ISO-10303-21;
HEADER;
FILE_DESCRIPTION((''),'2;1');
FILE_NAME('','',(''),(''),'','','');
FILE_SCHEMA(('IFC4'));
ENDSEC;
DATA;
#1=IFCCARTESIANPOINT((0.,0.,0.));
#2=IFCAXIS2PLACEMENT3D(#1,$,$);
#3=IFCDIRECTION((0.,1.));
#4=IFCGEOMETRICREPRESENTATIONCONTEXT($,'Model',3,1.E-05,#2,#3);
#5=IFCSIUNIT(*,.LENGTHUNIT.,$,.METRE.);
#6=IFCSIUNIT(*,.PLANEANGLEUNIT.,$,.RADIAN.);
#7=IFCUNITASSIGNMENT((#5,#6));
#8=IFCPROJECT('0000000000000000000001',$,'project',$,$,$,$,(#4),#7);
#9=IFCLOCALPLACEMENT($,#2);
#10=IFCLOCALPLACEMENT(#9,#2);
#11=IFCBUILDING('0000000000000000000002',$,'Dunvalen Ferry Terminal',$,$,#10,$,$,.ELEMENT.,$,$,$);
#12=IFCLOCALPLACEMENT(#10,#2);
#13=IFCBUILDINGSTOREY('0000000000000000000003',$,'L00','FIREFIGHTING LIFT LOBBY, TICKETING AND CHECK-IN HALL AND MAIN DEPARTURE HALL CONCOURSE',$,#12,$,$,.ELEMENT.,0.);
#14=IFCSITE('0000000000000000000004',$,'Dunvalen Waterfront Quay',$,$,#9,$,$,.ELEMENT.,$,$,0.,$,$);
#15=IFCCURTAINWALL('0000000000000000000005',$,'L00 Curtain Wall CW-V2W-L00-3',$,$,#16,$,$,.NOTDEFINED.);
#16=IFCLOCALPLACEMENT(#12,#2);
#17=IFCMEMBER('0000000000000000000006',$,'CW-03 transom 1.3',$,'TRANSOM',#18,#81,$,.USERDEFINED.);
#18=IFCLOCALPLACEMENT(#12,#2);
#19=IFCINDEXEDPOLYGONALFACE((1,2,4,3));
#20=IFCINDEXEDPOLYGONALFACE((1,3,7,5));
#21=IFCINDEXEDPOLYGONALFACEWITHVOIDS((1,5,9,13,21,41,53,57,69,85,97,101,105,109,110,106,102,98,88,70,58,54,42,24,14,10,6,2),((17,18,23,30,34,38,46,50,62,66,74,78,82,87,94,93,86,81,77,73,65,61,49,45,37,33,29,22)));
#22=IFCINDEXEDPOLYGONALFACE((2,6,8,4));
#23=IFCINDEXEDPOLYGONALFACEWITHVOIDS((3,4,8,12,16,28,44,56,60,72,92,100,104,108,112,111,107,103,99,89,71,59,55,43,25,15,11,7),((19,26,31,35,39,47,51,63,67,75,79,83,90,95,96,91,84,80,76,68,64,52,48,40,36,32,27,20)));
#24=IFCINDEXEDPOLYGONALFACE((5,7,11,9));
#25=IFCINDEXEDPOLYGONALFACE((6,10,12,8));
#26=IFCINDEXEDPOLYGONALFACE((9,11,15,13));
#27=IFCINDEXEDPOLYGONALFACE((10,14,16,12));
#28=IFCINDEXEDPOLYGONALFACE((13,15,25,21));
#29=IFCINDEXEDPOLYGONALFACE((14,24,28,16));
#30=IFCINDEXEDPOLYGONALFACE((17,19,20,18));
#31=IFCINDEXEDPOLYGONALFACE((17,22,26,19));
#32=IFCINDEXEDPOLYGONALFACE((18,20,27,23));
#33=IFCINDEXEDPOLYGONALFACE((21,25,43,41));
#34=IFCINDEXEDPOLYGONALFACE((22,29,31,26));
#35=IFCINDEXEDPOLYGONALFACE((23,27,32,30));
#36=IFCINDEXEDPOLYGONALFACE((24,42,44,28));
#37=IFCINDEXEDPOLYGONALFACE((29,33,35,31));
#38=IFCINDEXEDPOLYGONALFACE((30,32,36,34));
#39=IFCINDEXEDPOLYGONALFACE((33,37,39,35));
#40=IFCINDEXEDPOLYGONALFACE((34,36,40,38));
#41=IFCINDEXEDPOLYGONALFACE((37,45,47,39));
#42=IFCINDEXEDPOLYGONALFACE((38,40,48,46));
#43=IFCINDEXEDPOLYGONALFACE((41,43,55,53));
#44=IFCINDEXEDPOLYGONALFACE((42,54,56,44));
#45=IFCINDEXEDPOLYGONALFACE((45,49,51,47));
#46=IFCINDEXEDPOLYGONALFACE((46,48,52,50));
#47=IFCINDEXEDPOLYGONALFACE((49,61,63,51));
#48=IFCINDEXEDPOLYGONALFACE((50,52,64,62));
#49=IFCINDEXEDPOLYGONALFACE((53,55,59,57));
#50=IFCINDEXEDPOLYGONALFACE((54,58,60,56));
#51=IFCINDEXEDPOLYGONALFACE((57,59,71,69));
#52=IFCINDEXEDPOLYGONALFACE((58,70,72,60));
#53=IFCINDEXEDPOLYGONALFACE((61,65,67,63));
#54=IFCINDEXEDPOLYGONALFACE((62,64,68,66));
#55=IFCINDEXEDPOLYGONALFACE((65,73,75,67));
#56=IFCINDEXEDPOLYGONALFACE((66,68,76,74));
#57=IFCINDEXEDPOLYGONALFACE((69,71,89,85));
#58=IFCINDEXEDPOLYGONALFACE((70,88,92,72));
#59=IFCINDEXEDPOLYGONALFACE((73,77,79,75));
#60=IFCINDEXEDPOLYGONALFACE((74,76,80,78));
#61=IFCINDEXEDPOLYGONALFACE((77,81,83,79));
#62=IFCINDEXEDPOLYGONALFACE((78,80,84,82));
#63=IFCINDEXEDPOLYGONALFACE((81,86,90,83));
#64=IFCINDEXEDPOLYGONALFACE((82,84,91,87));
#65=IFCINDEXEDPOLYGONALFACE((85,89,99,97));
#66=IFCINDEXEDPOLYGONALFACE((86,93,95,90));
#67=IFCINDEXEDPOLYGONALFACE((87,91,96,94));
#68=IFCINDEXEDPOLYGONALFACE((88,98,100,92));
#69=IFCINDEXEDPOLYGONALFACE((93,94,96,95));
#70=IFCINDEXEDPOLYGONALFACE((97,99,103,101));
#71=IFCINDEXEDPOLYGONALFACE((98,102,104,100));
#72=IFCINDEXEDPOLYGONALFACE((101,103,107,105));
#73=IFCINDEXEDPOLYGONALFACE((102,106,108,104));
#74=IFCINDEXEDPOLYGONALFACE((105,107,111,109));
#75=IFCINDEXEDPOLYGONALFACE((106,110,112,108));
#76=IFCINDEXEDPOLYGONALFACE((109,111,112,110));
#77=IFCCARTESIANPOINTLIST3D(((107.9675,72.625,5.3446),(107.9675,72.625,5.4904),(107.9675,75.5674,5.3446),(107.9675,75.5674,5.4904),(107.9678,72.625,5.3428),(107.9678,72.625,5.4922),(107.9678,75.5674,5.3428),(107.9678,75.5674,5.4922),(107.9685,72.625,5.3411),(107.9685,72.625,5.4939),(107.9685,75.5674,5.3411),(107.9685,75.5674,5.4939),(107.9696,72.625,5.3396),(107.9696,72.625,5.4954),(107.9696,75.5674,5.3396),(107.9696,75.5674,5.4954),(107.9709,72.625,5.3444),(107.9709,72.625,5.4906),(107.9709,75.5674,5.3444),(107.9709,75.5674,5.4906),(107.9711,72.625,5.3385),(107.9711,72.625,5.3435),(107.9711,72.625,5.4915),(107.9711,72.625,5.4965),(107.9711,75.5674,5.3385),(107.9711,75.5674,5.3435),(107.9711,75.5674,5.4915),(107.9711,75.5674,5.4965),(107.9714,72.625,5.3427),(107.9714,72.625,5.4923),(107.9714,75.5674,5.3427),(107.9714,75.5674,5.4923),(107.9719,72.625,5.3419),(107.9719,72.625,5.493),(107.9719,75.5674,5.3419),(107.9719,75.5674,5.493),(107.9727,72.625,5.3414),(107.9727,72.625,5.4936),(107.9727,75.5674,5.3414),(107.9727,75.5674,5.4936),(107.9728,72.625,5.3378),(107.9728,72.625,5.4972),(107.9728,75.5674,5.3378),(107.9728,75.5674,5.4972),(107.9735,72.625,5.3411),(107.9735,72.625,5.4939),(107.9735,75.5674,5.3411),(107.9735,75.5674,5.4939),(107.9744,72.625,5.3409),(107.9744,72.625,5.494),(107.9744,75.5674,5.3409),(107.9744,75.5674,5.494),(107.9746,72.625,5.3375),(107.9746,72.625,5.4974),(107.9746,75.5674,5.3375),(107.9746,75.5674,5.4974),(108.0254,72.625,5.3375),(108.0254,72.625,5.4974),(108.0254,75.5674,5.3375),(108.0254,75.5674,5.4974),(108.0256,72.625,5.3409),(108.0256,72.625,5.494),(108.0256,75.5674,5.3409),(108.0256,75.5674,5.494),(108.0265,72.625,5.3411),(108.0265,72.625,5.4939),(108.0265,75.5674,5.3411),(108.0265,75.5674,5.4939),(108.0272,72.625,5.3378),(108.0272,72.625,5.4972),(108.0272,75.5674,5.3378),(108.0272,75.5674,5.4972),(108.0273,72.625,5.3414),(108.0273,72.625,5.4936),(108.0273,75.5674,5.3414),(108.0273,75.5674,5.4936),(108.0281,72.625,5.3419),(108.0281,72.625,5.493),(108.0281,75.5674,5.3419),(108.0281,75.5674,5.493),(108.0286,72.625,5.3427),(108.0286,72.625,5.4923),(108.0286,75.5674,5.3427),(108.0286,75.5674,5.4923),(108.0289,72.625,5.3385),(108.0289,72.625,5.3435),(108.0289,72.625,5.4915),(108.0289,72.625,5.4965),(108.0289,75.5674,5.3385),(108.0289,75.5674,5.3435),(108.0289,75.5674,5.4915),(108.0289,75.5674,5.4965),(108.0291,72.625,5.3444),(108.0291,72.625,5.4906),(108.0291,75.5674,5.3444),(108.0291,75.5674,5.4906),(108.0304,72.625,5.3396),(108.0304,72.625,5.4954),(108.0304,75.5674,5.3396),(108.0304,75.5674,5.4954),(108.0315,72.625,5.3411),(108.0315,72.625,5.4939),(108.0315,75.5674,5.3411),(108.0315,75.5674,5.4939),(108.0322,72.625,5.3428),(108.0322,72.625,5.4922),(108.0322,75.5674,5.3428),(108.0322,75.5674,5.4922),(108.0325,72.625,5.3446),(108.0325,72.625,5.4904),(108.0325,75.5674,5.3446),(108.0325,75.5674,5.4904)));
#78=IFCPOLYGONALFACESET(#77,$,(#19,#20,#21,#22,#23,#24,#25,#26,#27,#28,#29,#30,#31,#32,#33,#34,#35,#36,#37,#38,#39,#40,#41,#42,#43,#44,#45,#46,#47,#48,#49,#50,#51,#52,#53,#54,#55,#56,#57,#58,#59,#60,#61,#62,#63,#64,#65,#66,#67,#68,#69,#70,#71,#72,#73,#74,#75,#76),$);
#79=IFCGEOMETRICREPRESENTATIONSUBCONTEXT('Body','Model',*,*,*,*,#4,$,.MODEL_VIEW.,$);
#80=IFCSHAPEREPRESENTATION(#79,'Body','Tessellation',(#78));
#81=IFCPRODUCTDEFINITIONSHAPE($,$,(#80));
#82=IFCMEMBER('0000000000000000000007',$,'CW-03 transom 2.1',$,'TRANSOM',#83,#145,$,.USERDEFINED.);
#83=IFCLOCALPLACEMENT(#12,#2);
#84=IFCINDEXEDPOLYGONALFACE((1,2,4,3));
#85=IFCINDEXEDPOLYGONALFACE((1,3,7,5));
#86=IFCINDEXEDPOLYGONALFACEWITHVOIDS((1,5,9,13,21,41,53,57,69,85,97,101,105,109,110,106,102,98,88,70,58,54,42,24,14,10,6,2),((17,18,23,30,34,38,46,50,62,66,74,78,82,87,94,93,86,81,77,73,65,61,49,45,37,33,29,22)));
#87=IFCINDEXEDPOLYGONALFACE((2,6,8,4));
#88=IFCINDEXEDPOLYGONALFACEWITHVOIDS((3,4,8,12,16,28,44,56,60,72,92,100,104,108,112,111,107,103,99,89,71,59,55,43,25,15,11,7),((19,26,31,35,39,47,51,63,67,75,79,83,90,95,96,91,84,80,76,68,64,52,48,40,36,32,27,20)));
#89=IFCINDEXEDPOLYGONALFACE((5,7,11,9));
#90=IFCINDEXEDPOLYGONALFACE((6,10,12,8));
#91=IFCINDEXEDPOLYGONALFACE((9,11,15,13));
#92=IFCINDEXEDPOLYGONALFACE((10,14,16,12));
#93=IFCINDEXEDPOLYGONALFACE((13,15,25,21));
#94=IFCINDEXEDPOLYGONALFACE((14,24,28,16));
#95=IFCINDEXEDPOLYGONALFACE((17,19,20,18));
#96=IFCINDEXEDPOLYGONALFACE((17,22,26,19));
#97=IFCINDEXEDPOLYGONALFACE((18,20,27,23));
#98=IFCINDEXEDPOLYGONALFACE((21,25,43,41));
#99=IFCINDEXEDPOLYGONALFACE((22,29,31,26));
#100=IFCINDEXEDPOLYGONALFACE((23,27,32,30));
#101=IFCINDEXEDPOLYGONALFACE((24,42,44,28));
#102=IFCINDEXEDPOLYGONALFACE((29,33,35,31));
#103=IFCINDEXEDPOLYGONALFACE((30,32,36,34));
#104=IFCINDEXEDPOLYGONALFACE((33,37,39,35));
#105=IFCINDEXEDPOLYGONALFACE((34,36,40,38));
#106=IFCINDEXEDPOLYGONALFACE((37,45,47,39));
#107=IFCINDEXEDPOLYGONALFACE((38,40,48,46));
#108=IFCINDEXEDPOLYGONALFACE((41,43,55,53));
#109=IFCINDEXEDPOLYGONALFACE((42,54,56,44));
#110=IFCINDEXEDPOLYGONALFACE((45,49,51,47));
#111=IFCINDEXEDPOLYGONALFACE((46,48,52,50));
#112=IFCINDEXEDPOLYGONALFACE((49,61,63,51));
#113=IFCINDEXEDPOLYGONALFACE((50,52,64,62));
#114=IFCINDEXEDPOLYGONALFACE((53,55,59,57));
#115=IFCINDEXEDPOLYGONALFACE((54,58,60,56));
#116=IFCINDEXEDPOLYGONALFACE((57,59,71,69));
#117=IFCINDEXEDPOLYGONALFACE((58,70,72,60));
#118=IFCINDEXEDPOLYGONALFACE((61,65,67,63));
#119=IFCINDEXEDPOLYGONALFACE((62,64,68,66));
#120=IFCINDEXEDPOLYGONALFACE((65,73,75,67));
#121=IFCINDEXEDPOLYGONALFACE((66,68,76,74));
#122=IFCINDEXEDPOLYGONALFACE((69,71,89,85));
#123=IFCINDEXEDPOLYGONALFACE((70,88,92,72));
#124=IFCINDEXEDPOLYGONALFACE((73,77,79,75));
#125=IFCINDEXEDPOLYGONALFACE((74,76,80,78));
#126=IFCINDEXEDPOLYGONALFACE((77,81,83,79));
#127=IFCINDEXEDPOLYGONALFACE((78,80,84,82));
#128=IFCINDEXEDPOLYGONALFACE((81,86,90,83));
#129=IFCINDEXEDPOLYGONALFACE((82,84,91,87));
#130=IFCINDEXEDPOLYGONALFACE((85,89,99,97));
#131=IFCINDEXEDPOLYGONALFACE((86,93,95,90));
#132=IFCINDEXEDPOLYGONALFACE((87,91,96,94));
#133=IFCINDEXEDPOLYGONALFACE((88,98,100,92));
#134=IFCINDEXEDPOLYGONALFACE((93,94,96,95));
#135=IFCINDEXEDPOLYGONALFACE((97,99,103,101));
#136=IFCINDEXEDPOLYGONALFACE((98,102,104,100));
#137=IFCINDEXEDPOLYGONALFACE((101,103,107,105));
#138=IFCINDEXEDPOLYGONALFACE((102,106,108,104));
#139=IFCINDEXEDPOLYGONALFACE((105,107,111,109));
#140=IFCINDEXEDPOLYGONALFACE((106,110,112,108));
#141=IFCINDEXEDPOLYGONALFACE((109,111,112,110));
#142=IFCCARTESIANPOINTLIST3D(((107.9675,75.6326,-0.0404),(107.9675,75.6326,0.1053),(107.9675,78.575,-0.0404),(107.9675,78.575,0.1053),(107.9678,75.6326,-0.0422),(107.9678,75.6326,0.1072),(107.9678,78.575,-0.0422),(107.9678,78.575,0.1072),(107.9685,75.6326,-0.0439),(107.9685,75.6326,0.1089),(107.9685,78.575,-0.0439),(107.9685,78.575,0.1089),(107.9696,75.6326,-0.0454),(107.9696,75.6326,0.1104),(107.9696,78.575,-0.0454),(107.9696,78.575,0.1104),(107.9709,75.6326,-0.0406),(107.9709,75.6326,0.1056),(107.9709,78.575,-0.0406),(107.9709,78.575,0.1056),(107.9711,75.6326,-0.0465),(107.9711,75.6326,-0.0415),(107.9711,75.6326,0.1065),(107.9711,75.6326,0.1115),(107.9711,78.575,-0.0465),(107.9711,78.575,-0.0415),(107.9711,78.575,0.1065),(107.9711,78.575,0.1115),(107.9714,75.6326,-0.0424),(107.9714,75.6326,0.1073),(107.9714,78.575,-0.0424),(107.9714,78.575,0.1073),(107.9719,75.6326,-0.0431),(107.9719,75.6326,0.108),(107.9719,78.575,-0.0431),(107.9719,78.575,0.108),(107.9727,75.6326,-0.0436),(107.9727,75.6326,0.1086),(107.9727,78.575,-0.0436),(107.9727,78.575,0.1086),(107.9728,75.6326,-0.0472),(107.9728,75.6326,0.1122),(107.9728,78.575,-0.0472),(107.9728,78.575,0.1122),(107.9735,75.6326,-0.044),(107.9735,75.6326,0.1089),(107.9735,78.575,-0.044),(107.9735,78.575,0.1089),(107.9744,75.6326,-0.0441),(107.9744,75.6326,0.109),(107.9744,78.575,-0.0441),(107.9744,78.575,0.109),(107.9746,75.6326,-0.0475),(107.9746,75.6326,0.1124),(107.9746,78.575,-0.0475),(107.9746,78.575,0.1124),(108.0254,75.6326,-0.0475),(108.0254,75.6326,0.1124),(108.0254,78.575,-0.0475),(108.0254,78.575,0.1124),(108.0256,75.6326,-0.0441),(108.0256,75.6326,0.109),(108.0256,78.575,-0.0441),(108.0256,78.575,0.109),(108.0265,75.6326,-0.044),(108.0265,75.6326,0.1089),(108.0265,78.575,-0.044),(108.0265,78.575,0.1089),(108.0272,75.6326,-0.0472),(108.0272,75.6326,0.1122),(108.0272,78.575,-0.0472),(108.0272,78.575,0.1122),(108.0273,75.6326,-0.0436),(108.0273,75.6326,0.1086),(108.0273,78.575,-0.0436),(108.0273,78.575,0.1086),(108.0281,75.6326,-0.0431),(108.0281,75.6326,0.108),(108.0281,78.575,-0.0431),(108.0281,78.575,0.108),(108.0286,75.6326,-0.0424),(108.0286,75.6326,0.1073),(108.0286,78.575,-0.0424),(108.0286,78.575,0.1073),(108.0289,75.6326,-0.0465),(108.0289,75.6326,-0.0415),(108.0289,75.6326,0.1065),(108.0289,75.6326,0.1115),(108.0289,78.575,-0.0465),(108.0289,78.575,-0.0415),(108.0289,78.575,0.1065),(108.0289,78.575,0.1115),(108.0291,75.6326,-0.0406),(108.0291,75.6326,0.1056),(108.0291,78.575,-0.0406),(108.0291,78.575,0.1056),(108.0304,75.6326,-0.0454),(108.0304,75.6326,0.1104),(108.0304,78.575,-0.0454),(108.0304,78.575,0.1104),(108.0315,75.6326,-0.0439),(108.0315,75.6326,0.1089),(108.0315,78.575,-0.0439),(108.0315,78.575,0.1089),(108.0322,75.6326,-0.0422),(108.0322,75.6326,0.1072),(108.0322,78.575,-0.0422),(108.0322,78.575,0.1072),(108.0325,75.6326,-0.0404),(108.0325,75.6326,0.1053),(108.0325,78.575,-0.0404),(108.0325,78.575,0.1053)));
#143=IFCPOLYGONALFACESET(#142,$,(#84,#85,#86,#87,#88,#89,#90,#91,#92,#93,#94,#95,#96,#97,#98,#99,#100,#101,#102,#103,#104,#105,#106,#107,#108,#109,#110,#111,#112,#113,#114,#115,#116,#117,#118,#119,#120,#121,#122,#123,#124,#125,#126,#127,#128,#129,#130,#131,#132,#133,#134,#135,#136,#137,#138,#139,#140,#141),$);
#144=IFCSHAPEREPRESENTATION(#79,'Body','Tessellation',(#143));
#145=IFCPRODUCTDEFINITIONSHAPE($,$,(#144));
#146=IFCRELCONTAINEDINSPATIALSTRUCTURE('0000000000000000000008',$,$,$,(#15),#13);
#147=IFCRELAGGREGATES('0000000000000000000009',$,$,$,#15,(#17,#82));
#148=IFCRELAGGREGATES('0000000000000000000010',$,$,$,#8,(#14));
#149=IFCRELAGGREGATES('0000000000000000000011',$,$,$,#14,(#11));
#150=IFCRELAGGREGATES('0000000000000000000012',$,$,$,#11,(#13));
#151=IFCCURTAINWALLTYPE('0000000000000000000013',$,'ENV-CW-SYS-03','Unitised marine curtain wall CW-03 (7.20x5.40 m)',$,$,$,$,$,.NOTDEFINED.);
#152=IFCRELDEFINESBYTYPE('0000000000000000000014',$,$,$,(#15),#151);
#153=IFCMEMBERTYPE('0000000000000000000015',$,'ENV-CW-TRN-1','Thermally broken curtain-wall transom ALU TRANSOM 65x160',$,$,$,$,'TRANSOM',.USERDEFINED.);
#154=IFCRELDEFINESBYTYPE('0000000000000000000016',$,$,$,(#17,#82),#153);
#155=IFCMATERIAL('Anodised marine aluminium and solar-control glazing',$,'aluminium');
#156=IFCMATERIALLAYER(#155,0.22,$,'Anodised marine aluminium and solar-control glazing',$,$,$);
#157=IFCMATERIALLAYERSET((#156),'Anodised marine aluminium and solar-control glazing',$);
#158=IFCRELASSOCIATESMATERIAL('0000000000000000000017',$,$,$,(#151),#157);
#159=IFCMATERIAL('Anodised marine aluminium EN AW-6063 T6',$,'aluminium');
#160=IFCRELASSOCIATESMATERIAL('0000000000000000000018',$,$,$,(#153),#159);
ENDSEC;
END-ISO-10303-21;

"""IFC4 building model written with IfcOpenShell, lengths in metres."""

from ifc_helpers import new_model, si_unit, direction, frame, origin, origin_2d, place, context, subcontext, project, spatial, hollow_rectangle, extrude, material, layer, layer_set, material_profile, profile_set, type_object, element, aggregate, save


model = new_model("IFC4")

# Units and contexts
model_context = context("Model", 3, precision=1e-05, world=origin(), true_north=direction((0.0, 1.0)))
body_context = subcontext(model_context, "Body", "Model", "MODEL_VIEW")
ifc_project = project(units=[si_unit("LENGTHUNIT", "METRE"), si_unit("PLANEANGLEUNIT", "RADIAN")], contexts=[model_context])

# Site, building, storey
site_placement = place(None, origin())
site = spatial("IfcSite", under=ifc_project, at=site_placement, Name="Dunvalen Waterfront Quay", CompositionType="ELEMENT", RefElevation=0.0)
building_placement = place(site_placement, origin())
building = spatial("IfcBuilding", under=site, at=building_placement, Name="Dunvalen Ferry Terminal", CompositionType="ELEMENT")
storey_placement = place(building_placement, origin())
storey = spatial("IfcBuildingStorey", under=building, at=storey_placement, Name="L00", Description="FIREFIGHTING LIFT LOBBY, TICKETING AND CHECK-IN HALL AND MAIN DEPARTURE HALL CONCOURSE", CompositionType="ELEMENT", Elevation=0.0)

# Shared definitions
ifc_material_1 = material(Name="Anodised marine aluminium and solar-control glazing", Category="aluminium")
ifc_layer_1 = layer(ifc_material_1, 0.22, Name="Anodised marine aluminium and solar-control glazing")
ifc_layer_set_1 = layer_set([ifc_layer_1], Name="Anodised marine aluminium and solar-control glazing")
curtain_wall_type = type_object("IfcCurtainWallType", Name="ENV-CW-SYS-03", Description="Unitised marine curtain wall CW-03 (7.20x5.40 m)", PredefinedType="NOTDEFINED", material=ifc_layer_set_1)
ifc_material_2 = material(Name="Anodised marine aluminium EN AW-6063 T6", Category="aluminium")

# Curtain wall
curtain_wall_1_placement = place(storey_placement, origin())
curtain_wall_1 = element("IfcCurtainWall", 1, at=curtain_wall_1_placement, inside=storey, type_object=curtain_wall_type, Name="L00 Curtain Wall CW-V2W-L00-3", PredefinedType="NOTDEFINED")

# Members
ifc_material_profile_1 = material_profile(ifc_material_2, hollow_rectangle(XDim=0.0649, YDim=0.1599, WallThickness=0.0034, InnerFilletRadius=0.0034, OuterFilletRadius=0.0071, at=origin_2d()), Name="Anodised marine aluminium EN AW-6063 T6")
ifc_profile_set_1 = profile_set([ifc_material_profile_1], Name="Anodised marine aluminium EN AW-6063 T6")
member_type_1 = type_object("IfcMemberType", Name="ENV-CW-TRN-1", Description="Thermally broken curtain-wall transom ALU TRANSOM 65x160", ElementType="TRANSOM", PredefinedType="USERDEFINED", material=ifc_profile_set_1)
member_1_placement = place(storey_placement, frame((108.0, 72.625, 5.4175), z_axis=(0.0, 1.0, 0.0), x_axis=(-1.0, 0.0, 0.0)))
member_1 = element("IfcMember", 2, at=member_1_placement, type_object=member_type_1, Name="CW-03 transom 1.3", ObjectType="TRANSOM", PredefinedType="USERDEFINED", context=body_context, shape_type="SweptSolid", body=[
    extrude(hollow_rectangle(XDim=0.0649, YDim=0.1599, WallThickness=0.0034, InnerFilletRadius=0.0034, OuterFilletRadius=0.0071, at=origin_2d()), origin(), (0.0, 0.0, 1.0), 2.9424),
])
member_2_placement = place(storey_placement, frame((108.0, 75.6326, 0.0325), z_axis=(0.0, 1.0, 0.0), x_axis=(-1.0, 0.0, 0.0)))
member_2 = element("IfcMember", 3, at=member_2_placement, type_object=member_type_1, Name="CW-03 transom 2.1", ObjectType="TRANSOM", PredefinedType="USERDEFINED", context=body_context, shape_type="SweptSolid", body=[
    extrude(hollow_rectangle(XDim=0.0649, YDim=0.1599, WallThickness=0.0034, InnerFilletRadius=0.0034, OuterFilletRadius=0.0071, at=origin_2d()), origin(), (0.0, 0.0, 1.0), 2.9424),
])

aggregate(curtain_wall_1, [member_1, member_2])

save(model, "model.ifc")
